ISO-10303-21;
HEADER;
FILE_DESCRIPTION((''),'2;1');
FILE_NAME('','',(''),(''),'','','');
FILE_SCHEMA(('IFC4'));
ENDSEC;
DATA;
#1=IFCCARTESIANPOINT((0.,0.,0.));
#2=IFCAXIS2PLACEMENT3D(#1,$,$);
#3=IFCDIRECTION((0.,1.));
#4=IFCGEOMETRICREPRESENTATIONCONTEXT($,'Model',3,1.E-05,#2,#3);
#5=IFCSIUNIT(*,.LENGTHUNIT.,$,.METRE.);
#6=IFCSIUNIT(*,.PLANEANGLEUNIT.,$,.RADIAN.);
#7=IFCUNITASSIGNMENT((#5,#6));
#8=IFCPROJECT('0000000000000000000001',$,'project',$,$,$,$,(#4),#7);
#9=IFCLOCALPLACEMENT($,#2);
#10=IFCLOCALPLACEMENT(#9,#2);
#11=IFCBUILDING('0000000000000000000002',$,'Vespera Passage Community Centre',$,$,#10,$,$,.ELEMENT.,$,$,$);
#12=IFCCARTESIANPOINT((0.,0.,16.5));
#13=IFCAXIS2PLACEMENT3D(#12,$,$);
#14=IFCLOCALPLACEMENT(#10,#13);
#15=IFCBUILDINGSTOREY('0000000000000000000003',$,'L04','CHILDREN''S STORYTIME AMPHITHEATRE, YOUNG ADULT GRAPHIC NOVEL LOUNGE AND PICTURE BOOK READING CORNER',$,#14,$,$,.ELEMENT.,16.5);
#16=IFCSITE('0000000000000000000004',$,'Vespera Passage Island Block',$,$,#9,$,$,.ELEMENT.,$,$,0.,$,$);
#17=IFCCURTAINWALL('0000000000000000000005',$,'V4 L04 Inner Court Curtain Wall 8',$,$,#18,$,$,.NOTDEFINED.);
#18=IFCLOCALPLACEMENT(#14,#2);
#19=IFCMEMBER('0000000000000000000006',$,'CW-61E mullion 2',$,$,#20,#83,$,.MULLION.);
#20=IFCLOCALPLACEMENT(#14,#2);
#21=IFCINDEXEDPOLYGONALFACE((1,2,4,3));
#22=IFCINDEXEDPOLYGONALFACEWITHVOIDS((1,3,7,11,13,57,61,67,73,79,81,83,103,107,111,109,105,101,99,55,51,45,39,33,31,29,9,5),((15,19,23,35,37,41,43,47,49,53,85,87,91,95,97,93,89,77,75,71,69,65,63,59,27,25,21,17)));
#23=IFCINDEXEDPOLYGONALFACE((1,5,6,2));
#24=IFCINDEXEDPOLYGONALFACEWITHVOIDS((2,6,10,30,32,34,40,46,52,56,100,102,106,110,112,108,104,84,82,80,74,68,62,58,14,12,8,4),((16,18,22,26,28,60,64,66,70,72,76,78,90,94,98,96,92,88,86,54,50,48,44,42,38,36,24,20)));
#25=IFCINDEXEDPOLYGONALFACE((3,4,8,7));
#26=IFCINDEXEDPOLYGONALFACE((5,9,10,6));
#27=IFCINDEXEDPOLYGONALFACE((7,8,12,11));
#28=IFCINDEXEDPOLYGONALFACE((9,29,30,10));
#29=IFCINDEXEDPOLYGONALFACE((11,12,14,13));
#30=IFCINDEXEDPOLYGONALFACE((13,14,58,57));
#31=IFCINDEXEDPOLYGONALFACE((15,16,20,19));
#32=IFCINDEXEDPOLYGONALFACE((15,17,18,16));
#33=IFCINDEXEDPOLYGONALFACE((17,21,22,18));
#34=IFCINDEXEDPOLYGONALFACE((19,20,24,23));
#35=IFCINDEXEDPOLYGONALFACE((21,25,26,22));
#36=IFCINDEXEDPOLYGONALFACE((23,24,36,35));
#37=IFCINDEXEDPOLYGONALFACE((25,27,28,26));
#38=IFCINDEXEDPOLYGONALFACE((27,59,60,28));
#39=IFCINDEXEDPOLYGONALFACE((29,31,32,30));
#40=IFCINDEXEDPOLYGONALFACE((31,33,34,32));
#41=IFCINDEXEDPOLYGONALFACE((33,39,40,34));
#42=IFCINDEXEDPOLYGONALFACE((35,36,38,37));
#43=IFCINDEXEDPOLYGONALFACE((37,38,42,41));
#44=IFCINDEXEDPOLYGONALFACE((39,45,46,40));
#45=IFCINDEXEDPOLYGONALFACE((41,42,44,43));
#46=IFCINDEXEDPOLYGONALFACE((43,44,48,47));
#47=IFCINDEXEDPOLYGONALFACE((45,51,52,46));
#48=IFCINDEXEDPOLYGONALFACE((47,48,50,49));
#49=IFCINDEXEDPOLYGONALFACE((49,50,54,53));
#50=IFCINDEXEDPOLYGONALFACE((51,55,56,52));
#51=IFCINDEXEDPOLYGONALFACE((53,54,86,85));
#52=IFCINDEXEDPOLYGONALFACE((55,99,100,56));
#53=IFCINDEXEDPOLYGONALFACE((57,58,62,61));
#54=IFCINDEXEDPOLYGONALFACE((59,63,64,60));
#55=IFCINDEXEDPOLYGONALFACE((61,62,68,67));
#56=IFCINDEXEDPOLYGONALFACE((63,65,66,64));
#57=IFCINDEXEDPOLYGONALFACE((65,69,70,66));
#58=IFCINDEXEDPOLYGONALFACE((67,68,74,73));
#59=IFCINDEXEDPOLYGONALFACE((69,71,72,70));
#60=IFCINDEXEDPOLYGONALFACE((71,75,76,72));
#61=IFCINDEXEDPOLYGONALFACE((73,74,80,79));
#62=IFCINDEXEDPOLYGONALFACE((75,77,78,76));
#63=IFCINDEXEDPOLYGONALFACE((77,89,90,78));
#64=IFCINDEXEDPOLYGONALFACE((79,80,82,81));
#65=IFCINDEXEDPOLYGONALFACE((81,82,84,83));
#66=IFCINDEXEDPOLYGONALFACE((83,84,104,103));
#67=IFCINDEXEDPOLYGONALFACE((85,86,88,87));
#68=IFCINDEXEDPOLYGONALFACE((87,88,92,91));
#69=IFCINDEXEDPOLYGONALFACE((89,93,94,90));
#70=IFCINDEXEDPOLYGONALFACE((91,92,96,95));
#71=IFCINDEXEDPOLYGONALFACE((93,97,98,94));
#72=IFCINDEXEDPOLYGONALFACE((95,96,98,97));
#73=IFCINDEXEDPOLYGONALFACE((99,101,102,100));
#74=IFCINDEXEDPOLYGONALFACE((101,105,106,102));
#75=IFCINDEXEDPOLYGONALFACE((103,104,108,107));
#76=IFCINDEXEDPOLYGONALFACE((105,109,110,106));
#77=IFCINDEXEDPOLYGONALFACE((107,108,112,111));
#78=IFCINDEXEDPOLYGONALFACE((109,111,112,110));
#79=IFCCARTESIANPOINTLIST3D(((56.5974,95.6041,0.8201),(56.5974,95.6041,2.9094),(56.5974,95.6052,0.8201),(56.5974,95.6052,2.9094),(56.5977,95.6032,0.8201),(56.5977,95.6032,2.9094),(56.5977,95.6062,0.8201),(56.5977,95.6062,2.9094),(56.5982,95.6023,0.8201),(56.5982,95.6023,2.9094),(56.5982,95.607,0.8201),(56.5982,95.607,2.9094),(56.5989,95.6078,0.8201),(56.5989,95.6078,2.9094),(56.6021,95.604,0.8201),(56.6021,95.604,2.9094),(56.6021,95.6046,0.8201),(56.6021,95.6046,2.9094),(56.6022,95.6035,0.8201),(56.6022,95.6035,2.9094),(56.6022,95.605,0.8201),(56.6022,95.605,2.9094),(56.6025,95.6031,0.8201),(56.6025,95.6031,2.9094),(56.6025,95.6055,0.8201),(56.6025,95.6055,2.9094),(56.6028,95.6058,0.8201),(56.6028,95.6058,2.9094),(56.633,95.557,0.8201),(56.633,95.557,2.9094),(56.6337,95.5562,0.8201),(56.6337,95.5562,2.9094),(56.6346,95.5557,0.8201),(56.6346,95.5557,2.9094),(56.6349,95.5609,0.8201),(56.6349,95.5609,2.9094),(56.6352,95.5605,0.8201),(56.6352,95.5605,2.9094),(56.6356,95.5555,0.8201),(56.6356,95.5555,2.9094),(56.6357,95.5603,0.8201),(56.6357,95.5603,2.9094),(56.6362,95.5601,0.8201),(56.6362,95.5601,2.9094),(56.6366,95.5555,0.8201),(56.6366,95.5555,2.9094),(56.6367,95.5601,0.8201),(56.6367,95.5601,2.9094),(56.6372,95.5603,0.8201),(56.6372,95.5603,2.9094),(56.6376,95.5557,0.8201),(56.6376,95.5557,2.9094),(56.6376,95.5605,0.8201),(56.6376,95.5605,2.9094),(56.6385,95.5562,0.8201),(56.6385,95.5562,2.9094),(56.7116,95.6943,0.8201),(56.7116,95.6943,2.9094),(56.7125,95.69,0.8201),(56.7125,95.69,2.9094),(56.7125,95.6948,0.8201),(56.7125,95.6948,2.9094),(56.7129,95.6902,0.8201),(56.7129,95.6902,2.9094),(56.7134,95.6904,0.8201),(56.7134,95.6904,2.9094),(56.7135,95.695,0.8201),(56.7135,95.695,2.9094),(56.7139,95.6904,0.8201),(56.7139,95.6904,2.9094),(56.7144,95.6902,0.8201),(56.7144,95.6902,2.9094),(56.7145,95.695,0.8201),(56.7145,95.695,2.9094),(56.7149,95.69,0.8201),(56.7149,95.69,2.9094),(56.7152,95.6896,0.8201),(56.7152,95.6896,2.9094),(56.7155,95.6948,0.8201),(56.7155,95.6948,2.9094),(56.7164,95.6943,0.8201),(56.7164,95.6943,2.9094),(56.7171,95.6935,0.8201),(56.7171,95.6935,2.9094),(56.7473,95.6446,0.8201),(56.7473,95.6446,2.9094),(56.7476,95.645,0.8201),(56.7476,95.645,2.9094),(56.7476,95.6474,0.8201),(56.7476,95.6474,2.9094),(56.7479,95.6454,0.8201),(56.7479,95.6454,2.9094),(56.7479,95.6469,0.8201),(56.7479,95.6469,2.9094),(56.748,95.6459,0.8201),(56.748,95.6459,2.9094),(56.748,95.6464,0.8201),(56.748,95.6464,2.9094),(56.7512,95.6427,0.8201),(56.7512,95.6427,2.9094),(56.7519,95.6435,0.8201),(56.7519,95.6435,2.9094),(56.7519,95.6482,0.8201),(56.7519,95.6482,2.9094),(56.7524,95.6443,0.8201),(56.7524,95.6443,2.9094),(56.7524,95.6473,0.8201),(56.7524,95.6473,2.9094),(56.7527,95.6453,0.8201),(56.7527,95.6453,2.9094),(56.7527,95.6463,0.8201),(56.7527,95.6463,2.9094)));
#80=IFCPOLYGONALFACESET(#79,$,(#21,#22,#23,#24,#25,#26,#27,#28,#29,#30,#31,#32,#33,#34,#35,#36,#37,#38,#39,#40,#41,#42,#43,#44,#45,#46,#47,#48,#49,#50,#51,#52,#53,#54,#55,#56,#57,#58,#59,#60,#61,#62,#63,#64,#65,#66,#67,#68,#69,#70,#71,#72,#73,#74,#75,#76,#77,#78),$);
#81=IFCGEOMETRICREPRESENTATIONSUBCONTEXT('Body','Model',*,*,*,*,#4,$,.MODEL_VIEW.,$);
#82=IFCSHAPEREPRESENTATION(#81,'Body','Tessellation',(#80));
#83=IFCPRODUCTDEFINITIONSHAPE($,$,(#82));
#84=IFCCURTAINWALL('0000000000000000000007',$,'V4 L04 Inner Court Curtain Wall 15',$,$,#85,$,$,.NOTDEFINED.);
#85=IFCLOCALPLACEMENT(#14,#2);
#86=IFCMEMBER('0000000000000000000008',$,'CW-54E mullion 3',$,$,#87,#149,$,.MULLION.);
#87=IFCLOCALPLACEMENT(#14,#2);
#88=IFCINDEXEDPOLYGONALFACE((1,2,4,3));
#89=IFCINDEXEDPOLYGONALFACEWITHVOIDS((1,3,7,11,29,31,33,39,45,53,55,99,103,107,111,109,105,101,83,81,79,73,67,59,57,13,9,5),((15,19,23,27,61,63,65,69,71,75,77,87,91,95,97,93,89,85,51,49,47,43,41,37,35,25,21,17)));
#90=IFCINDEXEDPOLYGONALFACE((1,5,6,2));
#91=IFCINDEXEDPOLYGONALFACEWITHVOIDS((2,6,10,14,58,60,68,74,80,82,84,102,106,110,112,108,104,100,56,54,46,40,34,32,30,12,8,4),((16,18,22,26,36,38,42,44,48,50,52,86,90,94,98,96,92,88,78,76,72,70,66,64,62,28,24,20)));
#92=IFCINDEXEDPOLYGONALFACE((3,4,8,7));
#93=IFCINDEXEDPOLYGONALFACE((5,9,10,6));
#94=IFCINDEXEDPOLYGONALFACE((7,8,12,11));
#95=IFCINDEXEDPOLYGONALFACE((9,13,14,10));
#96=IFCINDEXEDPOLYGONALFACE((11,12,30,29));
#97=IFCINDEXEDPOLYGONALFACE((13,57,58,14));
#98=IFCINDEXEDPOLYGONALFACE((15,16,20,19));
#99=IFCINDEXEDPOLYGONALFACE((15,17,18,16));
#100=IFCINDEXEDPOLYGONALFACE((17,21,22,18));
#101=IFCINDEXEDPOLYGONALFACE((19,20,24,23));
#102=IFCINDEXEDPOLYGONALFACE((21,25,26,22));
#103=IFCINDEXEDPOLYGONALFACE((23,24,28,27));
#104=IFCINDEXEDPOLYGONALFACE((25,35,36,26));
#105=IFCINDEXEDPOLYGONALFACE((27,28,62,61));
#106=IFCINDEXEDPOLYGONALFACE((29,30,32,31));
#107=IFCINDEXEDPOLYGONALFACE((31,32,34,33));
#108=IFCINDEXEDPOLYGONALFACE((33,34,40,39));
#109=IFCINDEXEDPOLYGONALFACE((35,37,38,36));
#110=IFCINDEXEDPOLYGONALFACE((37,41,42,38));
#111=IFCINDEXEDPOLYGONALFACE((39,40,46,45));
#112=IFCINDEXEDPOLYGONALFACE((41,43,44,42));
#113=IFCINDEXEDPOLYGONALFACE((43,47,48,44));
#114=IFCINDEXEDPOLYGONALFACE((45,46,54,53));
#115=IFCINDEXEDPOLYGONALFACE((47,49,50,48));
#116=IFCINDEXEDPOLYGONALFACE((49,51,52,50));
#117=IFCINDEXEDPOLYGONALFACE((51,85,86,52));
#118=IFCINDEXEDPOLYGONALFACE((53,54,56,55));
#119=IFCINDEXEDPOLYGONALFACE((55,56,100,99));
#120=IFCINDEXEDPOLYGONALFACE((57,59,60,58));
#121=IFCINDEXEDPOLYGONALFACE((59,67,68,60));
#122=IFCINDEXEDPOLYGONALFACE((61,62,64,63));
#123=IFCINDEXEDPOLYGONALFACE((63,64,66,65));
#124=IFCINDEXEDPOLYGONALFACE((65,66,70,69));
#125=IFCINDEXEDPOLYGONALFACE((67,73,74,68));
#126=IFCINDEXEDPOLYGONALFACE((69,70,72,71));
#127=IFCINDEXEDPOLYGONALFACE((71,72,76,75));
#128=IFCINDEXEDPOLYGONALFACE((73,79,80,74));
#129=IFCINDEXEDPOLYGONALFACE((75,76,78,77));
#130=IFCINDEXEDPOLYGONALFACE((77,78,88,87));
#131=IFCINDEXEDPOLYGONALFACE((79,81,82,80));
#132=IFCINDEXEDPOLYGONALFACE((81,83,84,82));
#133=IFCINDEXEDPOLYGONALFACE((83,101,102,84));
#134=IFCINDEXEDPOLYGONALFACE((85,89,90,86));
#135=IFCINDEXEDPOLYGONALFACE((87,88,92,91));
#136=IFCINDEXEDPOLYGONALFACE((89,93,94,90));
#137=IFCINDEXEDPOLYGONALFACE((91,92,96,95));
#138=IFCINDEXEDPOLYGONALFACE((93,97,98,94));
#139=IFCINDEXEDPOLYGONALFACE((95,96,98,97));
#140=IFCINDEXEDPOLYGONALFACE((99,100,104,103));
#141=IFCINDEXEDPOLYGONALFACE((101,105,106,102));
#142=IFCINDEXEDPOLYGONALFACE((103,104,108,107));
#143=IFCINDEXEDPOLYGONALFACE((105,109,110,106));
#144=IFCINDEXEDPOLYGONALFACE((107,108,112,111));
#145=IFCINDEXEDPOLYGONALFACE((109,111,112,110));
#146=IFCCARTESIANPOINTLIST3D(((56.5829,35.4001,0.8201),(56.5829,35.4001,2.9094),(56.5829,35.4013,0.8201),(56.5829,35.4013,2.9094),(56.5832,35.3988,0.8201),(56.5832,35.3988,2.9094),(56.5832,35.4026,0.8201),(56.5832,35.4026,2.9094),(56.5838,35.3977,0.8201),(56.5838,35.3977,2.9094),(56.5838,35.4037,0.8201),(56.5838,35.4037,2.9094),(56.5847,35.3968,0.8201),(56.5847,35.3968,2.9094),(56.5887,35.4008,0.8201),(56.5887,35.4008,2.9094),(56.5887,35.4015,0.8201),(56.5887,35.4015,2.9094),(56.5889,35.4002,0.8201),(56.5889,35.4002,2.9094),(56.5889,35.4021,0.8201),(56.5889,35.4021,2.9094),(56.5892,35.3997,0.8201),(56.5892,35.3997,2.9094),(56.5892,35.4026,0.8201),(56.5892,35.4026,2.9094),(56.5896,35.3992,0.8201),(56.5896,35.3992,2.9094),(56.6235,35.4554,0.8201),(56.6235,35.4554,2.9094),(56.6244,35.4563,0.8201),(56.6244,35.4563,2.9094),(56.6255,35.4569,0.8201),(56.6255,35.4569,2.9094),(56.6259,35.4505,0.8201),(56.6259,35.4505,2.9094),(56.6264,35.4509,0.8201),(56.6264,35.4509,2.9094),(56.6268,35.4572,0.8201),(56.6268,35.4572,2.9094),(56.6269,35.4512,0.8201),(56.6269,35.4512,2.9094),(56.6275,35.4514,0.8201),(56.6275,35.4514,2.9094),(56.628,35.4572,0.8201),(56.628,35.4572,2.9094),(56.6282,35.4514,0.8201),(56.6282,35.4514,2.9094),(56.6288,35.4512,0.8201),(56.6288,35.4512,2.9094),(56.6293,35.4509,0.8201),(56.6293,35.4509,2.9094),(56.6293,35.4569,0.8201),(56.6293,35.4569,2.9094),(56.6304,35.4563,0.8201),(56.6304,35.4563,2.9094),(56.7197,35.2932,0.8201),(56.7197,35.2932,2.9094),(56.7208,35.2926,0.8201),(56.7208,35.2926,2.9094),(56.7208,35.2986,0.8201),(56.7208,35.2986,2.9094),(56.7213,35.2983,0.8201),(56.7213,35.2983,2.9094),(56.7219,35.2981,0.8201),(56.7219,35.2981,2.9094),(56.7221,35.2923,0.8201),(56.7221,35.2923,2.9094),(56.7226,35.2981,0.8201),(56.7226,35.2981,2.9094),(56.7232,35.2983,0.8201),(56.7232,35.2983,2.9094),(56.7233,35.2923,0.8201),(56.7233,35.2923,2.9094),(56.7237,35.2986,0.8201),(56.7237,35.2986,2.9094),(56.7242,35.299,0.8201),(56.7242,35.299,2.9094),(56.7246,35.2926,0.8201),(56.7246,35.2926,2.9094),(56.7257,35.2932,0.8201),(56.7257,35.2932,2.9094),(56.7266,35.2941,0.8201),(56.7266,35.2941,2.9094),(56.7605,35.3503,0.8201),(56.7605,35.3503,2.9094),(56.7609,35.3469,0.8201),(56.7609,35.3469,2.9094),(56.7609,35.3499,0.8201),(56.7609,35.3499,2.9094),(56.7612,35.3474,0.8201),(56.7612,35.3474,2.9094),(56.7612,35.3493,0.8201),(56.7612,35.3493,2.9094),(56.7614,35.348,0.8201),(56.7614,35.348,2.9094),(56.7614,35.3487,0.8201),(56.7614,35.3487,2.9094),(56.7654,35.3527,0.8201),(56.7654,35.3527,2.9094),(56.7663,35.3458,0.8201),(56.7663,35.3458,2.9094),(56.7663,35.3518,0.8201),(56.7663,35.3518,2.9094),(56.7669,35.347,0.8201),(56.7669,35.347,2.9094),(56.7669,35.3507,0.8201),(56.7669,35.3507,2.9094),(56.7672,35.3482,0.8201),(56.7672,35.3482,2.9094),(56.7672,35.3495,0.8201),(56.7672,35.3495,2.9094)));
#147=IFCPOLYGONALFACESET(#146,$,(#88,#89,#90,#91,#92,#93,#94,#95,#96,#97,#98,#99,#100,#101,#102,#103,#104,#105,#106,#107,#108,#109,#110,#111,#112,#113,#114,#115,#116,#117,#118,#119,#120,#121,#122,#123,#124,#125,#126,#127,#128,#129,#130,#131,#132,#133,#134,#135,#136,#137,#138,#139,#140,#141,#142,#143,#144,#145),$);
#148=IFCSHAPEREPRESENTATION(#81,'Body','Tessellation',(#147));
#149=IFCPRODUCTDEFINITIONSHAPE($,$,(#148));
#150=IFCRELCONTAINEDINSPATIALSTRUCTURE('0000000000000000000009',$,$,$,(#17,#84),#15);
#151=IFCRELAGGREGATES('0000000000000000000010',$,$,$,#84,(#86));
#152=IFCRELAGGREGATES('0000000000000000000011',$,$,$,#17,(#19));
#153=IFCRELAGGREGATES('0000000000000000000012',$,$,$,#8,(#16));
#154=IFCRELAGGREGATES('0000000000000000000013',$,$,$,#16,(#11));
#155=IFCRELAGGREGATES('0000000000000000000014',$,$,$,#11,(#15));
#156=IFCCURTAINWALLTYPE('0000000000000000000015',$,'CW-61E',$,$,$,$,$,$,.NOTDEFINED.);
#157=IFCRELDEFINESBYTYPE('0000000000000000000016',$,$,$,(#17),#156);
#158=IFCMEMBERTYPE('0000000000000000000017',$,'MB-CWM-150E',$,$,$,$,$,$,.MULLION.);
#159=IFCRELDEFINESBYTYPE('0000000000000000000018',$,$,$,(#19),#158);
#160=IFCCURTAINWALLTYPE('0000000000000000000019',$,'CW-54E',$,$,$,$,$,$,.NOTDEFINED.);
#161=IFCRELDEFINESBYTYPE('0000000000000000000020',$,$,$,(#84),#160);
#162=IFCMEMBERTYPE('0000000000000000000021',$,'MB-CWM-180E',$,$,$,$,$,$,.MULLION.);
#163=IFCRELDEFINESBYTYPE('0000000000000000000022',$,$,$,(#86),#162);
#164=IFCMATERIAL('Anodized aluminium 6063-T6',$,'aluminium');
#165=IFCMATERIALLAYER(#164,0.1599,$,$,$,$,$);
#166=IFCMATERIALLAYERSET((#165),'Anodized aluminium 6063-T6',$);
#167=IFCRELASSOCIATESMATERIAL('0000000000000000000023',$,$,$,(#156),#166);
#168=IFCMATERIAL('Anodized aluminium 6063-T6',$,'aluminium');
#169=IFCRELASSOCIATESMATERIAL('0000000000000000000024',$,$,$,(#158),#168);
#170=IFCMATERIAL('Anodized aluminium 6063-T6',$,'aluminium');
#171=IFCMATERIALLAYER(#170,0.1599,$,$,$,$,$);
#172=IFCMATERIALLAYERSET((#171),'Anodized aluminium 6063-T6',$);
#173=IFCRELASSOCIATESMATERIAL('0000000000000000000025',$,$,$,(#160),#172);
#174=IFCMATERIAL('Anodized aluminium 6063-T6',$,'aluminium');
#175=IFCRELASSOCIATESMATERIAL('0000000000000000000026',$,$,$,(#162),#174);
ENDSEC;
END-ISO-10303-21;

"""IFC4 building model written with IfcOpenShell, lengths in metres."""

from ifc_helpers import new_model, si_unit, direction, frame, origin, origin_2d, place, context, subcontext, project, spatial, hollow_rectangle, extrude, material, layer, layer_set, material_profile, profile_set, type_object, element, aggregate, save


model = new_model("IFC4")

# Units and contexts
model_context = context("Model", 3, precision=1e-05, world=origin(), true_north=direction((0.0, 1.0)))
body_context = subcontext(model_context, "Body", "Model", "MODEL_VIEW")
ifc_project = project(units=[si_unit("LENGTHUNIT", "METRE"), si_unit("PLANEANGLEUNIT", "RADIAN")], contexts=[model_context])

# Site, building, storey
site_placement = place(None, origin())
site = spatial("IfcSite", under=ifc_project, at=site_placement, Name="Vespera Passage Island Block", CompositionType="ELEMENT", RefElevation=0.0)
building_placement = place(site_placement, origin())
building = spatial("IfcBuilding", under=site, at=building_placement, Name="Vespera Passage Community Centre", CompositionType="ELEMENT")
storey_placement = place(building_placement, frame((0.0, 0.0, 16.5)))
storey = spatial("IfcBuildingStorey", under=building, at=storey_placement, Name="L04", Description="CHILDREN'S STORYTIME AMPHITHEATRE, YOUNG ADULT GRAPHIC NOVEL LOUNGE AND PICTURE BOOK READING CORNER", CompositionType="ELEMENT", Elevation=16.5)

# Curtain wall, member
ifc_material_1 = material(Name="Anodized aluminium 6063-T6", Category="aluminium")
ifc_layer_1 = layer(ifc_material_1, 0.1599)
ifc_layer_set_1 = layer_set([ifc_layer_1], Name="Anodized aluminium 6063-T6")
curtain_wall_type_1 = type_object("IfcCurtainWallType", Name="CW-61E", PredefinedType="NOTDEFINED", material=ifc_layer_set_1)
curtain_wall_1_placement = place(storey_placement, origin())
curtain_wall_1 = element("IfcCurtainWall", 1, at=curtain_wall_1_placement, inside=storey, type_object=curtain_wall_type_1, Name="V4 L04 Inner Court Curtain Wall 8", PredefinedType="NOTDEFINED")
ifc_material_2 = material(Name="Anodized aluminium 6063-T6", Category="aluminium")
ifc_material_profile_1 = material_profile(ifc_material_2, hollow_rectangle(XDim=0.0649, YDim=0.1499, WallThickness=0.0039, InnerFilletRadius=0.002, OuterFilletRadius=0.0039, at=origin_2d()), Name="ALU150X65X4")
ifc_profile_set_1 = profile_set([ifc_material_profile_1], Name="Anodized aluminium 6063-T6")
member_type_1 = type_object("IfcMemberType", Name="MB-CWM-150E", PredefinedType="MULLION", material=ifc_profile_set_1)
member_1_placement = place(storey_placement, frame((56.675, 95.6252, 0.8201), z_axis=(0.0, 0.0, 1.0), x_axis=(0.608755, -0.793358, 0.0)))
member_1 = element("IfcMember", 2, at=member_1_placement, type_object=member_type_1, Name="CW-61E mullion 2", PredefinedType="MULLION", context=body_context, shape_type="SweptSolid", body=[
    extrude(hollow_rectangle(XDim=0.0649, YDim=0.1499, WallThickness=0.0039, InnerFilletRadius=0.002, OuterFilletRadius=0.0039, at=origin_2d()), origin(), (0.0, 0.0, 1.0), 2.0894),
])

# Curtain wall, member
ifc_material_3 = material(Name="Anodized aluminium 6063-T6", Category="aluminium")
ifc_layer_2 = layer(ifc_material_3, 0.1599)
ifc_layer_set_2 = layer_set([ifc_layer_2], Name="Anodized aluminium 6063-T6")
curtain_wall_type_2 = type_object("IfcCurtainWallType", Name="CW-54E", PredefinedType="NOTDEFINED", material=ifc_layer_set_2)
curtain_wall_2_placement = place(storey_placement, origin())
curtain_wall_2 = element("IfcCurtainWall", 3, at=curtain_wall_2_placement, inside=storey, type_object=curtain_wall_type_2, Name="V4 L04 Inner Court Curtain Wall 15", PredefinedType="NOTDEFINED")
ifc_material_4 = material(Name="Anodized aluminium 6063-T6", Category="aluminium")
ifc_material_profile_2 = material_profile(ifc_material_4, hollow_rectangle(XDim=0.075, YDim=0.1799, WallThickness=0.0049, InnerFilletRadius=0.0024, OuterFilletRadius=0.0049, at=origin_2d()), Name="ALU180X75X5")
ifc_profile_set_2 = profile_set([ifc_material_profile_2], Name="Anodized aluminium 6063-T6")
member_type_2 = type_object("IfcMemberType", Name="MB-CWM-180E", PredefinedType="MULLION", material=ifc_profile_set_2)
member_2_placement = place(storey_placement, frame((56.675, 35.3748, 0.8201), z_axis=(0.0, 0.0, 1.0), x_axis=(0.608755, 0.793358, 0.0)))
member_2 = element("IfcMember", 4, at=member_2_placement, type_object=member_type_2, Name="CW-54E mullion 3", PredefinedType="MULLION", context=body_context, shape_type="SweptSolid", body=[
    extrude(hollow_rectangle(XDim=0.075, YDim=0.1799, WallThickness=0.0049, InnerFilletRadius=0.0024, OuterFilletRadius=0.0049, at=origin_2d()), origin(), (0.0, 0.0, 1.0), 2.0894),
])

aggregate(curtain_wall_2, [member_2])
aggregate(curtain_wall_1, [member_1])

save(model, "model.ifc")
